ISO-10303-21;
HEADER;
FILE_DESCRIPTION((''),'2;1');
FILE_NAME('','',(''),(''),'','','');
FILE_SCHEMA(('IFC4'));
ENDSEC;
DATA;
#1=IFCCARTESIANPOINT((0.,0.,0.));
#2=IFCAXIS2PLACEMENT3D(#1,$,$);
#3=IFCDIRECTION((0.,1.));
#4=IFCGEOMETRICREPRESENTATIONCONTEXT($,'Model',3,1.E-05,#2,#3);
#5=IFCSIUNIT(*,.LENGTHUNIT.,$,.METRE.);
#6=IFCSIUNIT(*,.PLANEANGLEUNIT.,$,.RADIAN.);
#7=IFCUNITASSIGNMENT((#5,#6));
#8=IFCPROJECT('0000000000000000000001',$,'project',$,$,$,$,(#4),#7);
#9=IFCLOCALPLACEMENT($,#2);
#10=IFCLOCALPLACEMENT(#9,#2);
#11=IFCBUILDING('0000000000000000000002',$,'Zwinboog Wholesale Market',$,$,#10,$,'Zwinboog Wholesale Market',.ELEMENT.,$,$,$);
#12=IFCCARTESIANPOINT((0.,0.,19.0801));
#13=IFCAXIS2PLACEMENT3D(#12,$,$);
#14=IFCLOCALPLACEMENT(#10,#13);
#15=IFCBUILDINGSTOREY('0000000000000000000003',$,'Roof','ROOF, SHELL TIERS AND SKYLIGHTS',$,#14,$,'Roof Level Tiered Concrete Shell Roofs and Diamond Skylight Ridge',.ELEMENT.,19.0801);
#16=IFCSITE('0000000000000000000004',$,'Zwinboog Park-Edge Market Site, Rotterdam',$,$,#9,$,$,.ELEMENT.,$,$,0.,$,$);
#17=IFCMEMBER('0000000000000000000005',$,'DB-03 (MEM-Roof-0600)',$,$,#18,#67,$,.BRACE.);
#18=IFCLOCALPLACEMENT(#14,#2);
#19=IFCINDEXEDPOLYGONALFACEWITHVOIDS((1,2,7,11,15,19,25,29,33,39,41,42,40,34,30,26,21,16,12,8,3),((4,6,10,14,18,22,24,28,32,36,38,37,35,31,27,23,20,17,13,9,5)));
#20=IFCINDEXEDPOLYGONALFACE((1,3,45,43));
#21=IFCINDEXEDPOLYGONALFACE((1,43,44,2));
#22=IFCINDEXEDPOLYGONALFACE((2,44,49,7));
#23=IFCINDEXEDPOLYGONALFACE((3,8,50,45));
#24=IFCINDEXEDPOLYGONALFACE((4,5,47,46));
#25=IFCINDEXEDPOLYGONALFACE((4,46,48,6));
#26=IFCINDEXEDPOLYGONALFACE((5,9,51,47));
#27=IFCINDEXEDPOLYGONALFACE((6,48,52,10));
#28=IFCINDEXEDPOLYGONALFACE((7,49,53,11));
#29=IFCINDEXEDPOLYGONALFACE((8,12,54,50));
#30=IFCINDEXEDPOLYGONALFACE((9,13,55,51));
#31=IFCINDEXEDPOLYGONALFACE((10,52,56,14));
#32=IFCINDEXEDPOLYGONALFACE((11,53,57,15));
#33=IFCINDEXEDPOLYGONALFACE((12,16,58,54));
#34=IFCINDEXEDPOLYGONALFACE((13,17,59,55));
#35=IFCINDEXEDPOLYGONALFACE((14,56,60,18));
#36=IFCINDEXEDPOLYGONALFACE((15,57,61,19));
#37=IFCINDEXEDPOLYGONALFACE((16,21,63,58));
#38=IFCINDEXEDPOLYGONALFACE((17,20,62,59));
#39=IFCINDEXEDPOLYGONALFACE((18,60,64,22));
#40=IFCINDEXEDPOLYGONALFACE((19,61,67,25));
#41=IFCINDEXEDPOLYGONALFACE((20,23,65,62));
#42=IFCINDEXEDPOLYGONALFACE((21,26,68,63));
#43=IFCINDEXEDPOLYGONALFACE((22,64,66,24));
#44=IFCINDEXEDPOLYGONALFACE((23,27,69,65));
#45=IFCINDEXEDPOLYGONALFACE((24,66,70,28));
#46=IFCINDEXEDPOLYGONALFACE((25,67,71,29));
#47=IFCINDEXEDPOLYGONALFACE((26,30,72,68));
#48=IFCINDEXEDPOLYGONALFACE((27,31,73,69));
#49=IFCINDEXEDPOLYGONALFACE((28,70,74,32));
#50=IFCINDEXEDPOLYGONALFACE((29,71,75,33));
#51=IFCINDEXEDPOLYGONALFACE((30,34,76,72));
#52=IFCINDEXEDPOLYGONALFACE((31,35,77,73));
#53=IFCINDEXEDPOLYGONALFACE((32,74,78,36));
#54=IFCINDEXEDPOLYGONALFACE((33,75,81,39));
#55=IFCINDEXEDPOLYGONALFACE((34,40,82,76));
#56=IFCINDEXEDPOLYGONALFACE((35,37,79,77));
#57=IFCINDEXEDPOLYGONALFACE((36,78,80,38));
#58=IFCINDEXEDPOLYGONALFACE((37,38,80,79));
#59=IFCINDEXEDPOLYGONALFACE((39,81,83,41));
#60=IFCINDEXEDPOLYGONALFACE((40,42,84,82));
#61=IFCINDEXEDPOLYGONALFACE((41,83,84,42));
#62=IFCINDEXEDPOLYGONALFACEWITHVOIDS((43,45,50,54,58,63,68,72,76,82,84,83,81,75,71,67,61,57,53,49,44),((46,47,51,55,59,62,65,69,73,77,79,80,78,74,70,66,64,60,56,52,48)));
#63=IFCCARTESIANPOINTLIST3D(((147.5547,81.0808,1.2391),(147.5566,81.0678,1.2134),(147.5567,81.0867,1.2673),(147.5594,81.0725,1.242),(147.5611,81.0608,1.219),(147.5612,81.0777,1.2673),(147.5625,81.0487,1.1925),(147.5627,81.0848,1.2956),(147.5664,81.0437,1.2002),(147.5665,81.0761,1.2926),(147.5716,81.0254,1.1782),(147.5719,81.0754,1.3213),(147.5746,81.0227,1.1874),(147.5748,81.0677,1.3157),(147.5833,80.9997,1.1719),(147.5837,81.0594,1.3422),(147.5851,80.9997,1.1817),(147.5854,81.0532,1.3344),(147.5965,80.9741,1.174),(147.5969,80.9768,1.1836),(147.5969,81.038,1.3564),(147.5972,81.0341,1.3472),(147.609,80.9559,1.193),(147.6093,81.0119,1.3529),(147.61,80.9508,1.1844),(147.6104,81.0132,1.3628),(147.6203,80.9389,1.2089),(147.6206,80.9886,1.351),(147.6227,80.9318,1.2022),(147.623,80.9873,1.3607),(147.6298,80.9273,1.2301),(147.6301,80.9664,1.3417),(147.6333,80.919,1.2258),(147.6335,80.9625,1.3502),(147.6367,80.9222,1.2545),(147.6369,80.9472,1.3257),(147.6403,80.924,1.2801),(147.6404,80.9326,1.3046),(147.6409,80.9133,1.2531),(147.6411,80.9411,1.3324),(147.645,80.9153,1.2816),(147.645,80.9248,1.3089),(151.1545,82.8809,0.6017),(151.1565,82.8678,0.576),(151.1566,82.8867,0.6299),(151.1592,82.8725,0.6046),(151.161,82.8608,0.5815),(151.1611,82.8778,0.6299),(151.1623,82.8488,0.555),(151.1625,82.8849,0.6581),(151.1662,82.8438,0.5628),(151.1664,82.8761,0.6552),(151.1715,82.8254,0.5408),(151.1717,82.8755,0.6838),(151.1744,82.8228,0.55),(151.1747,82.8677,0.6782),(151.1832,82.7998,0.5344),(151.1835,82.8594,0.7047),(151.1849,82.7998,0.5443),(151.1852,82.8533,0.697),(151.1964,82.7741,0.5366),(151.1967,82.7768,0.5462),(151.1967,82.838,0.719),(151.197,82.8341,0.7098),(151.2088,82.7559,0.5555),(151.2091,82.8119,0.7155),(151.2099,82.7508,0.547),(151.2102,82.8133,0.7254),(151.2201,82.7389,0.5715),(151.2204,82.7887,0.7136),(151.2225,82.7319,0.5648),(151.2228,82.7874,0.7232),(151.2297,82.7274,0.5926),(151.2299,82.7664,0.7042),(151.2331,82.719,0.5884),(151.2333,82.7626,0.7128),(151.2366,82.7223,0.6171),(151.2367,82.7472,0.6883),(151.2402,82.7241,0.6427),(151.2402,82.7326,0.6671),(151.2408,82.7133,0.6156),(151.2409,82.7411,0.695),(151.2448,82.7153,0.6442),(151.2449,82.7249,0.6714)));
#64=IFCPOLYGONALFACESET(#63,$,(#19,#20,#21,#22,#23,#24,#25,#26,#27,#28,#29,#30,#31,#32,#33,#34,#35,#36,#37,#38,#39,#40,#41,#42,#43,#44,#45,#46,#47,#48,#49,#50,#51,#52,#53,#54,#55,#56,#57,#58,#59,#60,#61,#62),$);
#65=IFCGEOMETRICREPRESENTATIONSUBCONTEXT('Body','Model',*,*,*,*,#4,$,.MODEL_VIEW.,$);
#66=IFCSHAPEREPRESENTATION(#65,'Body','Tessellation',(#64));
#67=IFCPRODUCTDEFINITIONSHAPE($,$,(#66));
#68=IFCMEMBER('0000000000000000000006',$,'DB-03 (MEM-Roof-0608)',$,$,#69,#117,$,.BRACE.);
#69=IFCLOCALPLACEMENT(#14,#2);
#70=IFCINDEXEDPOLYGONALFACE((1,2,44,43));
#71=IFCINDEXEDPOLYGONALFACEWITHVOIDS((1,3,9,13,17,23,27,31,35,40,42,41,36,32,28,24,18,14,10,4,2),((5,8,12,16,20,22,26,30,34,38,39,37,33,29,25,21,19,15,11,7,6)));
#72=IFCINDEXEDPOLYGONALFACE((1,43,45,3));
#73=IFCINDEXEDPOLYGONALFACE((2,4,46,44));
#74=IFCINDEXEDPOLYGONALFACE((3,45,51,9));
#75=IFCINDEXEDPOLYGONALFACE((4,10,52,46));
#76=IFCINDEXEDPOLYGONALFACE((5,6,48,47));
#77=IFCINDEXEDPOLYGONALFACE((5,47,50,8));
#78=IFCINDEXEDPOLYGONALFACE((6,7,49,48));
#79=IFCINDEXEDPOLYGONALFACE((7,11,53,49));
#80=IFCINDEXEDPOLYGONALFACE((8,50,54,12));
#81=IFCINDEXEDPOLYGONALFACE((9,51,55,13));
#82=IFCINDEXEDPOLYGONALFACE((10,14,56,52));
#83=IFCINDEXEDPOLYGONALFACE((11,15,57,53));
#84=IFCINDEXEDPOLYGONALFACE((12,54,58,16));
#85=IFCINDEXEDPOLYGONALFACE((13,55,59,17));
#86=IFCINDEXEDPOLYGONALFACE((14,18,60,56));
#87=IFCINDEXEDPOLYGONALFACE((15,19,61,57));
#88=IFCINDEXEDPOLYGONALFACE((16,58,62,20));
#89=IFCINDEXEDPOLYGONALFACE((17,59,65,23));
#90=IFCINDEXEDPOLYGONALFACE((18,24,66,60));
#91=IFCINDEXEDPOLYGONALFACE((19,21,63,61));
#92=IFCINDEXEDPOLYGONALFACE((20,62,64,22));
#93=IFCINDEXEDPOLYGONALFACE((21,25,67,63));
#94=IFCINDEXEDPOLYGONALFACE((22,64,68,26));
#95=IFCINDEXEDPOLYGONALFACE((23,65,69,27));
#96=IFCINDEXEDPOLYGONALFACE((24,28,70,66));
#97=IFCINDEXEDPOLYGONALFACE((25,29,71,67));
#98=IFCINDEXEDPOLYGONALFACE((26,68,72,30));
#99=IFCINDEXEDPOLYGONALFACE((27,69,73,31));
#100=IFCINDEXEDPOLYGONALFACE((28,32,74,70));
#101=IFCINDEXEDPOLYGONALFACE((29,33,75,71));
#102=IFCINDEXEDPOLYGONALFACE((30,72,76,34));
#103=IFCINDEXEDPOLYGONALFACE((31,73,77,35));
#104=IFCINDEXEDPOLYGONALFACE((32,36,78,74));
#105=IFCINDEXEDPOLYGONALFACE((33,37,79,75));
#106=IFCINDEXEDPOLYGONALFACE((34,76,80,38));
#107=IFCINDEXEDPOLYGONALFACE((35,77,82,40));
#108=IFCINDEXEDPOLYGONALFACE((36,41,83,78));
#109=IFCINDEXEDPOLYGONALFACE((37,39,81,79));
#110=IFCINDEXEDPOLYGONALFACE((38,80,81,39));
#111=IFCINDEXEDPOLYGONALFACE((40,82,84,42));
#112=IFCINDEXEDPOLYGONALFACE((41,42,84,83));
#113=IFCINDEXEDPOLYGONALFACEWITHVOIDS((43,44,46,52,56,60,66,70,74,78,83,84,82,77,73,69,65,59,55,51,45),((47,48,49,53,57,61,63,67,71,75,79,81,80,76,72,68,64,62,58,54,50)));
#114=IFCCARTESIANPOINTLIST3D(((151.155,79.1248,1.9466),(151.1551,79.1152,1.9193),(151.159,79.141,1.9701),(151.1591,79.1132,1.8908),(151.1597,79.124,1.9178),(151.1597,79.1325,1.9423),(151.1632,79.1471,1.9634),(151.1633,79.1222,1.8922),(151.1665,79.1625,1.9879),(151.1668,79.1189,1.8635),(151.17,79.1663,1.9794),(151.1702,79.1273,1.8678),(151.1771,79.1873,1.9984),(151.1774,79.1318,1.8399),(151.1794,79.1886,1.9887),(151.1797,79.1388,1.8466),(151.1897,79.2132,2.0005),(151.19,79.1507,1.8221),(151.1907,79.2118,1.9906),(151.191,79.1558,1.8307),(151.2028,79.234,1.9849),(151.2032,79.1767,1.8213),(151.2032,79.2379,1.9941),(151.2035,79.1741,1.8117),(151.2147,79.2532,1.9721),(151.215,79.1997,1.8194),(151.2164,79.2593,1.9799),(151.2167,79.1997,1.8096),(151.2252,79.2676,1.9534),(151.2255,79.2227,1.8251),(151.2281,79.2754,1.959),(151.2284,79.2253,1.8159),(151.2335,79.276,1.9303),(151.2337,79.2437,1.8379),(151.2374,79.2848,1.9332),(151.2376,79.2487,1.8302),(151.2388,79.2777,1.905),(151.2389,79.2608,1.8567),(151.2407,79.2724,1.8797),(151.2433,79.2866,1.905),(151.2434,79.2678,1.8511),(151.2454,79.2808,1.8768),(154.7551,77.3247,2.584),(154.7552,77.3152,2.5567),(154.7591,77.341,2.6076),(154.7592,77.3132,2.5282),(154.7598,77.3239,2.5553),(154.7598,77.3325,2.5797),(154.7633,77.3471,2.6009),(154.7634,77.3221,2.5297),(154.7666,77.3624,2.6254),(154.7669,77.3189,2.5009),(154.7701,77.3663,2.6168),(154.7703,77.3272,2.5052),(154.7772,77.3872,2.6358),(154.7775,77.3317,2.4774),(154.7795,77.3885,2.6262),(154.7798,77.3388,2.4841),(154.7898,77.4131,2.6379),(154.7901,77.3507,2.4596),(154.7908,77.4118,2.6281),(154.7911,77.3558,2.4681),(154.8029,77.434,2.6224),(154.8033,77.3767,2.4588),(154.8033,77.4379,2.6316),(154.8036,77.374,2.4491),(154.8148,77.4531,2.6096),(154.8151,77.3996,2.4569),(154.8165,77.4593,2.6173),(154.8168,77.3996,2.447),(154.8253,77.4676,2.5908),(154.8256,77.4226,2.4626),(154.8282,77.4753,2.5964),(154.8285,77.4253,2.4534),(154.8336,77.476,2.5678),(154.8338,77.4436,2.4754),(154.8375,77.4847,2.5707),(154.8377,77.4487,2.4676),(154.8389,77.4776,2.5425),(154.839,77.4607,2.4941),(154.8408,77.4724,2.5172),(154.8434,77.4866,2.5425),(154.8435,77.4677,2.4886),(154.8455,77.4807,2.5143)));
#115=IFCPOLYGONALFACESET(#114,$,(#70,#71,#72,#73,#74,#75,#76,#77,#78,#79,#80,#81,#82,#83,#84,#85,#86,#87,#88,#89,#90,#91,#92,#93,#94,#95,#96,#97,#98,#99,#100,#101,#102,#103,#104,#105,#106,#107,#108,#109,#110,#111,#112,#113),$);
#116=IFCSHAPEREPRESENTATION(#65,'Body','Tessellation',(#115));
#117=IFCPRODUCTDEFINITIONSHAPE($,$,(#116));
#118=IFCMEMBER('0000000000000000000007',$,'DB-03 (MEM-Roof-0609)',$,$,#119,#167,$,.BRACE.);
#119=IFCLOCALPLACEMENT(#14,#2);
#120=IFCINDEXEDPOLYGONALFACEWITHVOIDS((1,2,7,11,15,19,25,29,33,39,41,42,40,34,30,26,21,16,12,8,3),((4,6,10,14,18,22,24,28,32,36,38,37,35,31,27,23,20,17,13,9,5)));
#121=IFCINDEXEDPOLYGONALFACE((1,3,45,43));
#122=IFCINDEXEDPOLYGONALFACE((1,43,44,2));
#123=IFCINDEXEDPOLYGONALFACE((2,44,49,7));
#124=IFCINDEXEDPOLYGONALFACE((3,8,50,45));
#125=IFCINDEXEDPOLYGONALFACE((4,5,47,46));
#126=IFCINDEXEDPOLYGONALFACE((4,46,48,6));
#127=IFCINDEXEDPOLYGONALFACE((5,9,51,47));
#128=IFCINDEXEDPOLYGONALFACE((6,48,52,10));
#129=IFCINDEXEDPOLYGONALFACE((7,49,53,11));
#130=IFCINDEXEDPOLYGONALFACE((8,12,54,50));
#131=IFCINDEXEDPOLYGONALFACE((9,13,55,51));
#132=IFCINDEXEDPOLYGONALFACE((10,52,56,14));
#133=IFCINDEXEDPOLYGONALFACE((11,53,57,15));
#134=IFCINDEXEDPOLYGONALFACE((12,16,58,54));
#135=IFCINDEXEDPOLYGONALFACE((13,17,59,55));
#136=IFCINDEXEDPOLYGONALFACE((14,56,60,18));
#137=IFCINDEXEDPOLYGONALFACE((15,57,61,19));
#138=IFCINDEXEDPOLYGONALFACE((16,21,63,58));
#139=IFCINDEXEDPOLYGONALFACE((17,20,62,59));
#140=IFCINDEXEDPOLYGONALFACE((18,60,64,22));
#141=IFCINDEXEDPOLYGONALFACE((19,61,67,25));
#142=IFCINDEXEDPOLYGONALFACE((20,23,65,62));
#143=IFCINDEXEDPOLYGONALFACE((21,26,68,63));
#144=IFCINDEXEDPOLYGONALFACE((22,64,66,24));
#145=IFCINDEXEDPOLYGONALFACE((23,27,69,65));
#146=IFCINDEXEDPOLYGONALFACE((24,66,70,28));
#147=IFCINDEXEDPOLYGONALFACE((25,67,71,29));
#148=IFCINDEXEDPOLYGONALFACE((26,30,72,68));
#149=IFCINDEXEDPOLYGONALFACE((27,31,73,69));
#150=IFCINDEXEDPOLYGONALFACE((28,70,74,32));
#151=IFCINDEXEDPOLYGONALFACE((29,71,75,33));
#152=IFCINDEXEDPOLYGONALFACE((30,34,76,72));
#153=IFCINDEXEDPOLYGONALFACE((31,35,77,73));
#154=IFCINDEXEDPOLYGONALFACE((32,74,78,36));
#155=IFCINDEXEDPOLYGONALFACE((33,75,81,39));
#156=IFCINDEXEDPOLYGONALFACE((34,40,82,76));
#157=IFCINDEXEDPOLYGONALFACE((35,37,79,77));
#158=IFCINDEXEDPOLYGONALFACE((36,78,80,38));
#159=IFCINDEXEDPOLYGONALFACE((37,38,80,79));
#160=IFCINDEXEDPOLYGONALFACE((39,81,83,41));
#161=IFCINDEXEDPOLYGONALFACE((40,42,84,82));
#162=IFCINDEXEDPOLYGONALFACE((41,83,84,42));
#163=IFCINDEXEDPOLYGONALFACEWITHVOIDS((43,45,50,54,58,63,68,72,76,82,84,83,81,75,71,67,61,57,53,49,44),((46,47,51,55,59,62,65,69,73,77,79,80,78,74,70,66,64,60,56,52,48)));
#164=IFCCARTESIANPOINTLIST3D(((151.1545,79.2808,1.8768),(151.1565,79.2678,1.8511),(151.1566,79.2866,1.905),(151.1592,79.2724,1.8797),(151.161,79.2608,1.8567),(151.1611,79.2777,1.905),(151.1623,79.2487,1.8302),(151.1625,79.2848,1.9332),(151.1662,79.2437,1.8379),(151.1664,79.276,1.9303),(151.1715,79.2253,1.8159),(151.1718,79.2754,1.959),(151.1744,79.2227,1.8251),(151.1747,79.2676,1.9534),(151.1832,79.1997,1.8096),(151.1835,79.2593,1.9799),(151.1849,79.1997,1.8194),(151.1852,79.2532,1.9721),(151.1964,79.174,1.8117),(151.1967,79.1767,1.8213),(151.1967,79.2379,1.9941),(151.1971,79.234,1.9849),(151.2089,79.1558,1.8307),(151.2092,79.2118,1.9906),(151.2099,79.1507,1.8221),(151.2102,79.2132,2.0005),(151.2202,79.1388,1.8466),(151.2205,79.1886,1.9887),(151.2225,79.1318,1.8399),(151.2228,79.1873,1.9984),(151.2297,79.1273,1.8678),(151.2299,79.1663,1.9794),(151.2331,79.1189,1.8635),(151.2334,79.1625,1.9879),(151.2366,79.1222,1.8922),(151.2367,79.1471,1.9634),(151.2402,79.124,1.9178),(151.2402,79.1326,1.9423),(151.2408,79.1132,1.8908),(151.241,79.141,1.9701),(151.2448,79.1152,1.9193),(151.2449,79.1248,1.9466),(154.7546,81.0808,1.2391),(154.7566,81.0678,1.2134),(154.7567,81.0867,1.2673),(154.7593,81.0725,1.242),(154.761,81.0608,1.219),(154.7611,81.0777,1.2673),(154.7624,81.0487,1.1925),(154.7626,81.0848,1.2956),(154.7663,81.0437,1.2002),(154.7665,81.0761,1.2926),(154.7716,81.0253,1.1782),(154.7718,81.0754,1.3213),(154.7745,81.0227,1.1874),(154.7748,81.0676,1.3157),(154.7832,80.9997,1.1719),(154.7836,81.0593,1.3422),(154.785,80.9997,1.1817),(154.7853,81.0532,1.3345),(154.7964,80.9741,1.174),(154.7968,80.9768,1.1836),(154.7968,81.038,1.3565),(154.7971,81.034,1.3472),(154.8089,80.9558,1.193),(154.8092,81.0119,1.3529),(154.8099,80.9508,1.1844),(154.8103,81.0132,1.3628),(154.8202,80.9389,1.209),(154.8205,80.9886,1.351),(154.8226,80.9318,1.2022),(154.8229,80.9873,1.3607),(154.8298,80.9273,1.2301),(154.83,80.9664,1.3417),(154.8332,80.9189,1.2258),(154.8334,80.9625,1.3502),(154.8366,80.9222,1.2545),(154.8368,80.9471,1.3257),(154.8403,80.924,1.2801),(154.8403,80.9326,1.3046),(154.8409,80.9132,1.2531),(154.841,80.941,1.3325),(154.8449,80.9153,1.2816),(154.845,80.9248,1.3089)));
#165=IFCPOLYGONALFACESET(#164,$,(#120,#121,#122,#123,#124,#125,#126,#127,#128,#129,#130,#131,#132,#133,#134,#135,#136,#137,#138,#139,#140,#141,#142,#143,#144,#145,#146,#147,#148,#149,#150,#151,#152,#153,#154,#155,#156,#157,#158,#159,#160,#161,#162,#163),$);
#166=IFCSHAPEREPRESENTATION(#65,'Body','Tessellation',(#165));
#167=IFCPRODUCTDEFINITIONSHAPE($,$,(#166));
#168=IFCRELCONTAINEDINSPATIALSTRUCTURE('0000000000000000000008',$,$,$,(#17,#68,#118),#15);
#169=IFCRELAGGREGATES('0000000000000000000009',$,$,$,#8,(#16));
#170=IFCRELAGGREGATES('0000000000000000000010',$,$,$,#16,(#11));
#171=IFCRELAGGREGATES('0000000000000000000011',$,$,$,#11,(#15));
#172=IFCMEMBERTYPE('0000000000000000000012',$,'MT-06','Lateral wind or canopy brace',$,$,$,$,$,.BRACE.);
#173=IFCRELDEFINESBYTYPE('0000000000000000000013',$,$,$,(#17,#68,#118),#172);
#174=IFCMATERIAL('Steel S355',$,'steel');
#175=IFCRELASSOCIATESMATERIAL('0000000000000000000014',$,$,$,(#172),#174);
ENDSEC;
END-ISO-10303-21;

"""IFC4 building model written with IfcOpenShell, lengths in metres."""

from ifc_helpers import new_model, si_unit, direction, frame, origin, origin_2d, place, context, subcontext, project, spatial, hollow_circle, extrude, material, material_profile, profile_set, type_object, element, save


model = new_model("IFC4")

# Units and contexts
model_context = context("Model", 3, precision=1e-05, world=origin(), true_north=direction((0.0, 1.0)))
body_context = subcontext(model_context, "Body", "Model", "MODEL_VIEW")
ifc_project = project(units=[si_unit("LENGTHUNIT", "METRE"), si_unit("PLANEANGLEUNIT", "RADIAN")], contexts=[model_context])

# Site, building, storey
site_placement = place(None, origin())
site = spatial("IfcSite", under=ifc_project, at=site_placement, Name="Zwinboog Park-Edge Market Site, Rotterdam", CompositionType="ELEMENT", RefElevation=0.0)
building_placement = place(site_placement, origin())
building = spatial("IfcBuilding", under=site, at=building_placement, Name="Zwinboog Wholesale Market", LongName="Zwinboog Wholesale Market", CompositionType="ELEMENT")
storey_placement = place(building_placement, frame((0.0, 0.0, 19.0801)))
storey = spatial("IfcBuildingStorey", under=building, at=storey_placement, Name="Roof", Description="ROOF, SHELL TIERS AND SKYLIGHTS", LongName="Roof Level Tiered Concrete Shell Roofs and Diamond Skylight Ridge", CompositionType="ELEMENT", Elevation=19.0801)

# Members
ifc_material_1 = material(Name="Steel S355", Category="steel")
ifc_material_profile_1 = material_profile(ifc_material_1, hollow_circle(Radius=0.0969, WallThickness=0.01, at=origin_2d()), Name="CHS 193.7x10")
ifc_profile_set_1 = profile_set([ifc_material_profile_1], Name="Steel S355")
member_type_1 = type_object("IfcMemberType", Name="MT-06", Description="Lateral wind or canopy brace", PredefinedType="BRACE", material=ifc_profile_set_1)
for number, where, z_axis, x_axis, name in (
    (1, (147.6001, 81.0, 1.2673), (0.883404, 0.441732, -0.15643), (-0.447238, 0.894415, 0.0), "DB-03 (MEM-Roof-0600)"),
):
    element("IfcMember", number, at=place(storey_placement, frame(where, z_axis=z_axis, x_axis=x_axis)), inside=storey, type_object=member_type_1, Name=name, PredefinedType="BRACE", context=body_context, shape_type="SweptSolid", body=[
        extrude(hollow_circle(Radius=0.0969, WallThickness=0.01, at=origin_2d()), origin(), (0.0, 0.0, 1.0), 4.075),
    ])
for number, where, z_axis, x_axis, name in (
    (2, (151.2, 79.2, 1.905), (0.883417, -0.441709, 0.156422), (0.447214, 0.894427, 0.0), "DB-03 (MEM-Roof-0608)"),
    (3, (151.2, 79.2, 1.905), (0.883409, 0.441704, -0.156481), (-0.447214, 0.894427, 0.0), "DB-03 (MEM-Roof-0609)"),
):
    element("IfcMember", number, at=place(storey_placement, frame(where, z_axis=z_axis, x_axis=x_axis)), inside=storey, type_object=member_type_1, Name=name, PredefinedType="BRACE", context=body_context, shape_type="SweptSolid", body=[
        extrude(hollow_circle(Radius=0.0969, WallThickness=0.01, at=origin_2d()), origin(), (0.0, 0.0, 1.0), 4.0752),
    ])

save(model, "model.ifc")
